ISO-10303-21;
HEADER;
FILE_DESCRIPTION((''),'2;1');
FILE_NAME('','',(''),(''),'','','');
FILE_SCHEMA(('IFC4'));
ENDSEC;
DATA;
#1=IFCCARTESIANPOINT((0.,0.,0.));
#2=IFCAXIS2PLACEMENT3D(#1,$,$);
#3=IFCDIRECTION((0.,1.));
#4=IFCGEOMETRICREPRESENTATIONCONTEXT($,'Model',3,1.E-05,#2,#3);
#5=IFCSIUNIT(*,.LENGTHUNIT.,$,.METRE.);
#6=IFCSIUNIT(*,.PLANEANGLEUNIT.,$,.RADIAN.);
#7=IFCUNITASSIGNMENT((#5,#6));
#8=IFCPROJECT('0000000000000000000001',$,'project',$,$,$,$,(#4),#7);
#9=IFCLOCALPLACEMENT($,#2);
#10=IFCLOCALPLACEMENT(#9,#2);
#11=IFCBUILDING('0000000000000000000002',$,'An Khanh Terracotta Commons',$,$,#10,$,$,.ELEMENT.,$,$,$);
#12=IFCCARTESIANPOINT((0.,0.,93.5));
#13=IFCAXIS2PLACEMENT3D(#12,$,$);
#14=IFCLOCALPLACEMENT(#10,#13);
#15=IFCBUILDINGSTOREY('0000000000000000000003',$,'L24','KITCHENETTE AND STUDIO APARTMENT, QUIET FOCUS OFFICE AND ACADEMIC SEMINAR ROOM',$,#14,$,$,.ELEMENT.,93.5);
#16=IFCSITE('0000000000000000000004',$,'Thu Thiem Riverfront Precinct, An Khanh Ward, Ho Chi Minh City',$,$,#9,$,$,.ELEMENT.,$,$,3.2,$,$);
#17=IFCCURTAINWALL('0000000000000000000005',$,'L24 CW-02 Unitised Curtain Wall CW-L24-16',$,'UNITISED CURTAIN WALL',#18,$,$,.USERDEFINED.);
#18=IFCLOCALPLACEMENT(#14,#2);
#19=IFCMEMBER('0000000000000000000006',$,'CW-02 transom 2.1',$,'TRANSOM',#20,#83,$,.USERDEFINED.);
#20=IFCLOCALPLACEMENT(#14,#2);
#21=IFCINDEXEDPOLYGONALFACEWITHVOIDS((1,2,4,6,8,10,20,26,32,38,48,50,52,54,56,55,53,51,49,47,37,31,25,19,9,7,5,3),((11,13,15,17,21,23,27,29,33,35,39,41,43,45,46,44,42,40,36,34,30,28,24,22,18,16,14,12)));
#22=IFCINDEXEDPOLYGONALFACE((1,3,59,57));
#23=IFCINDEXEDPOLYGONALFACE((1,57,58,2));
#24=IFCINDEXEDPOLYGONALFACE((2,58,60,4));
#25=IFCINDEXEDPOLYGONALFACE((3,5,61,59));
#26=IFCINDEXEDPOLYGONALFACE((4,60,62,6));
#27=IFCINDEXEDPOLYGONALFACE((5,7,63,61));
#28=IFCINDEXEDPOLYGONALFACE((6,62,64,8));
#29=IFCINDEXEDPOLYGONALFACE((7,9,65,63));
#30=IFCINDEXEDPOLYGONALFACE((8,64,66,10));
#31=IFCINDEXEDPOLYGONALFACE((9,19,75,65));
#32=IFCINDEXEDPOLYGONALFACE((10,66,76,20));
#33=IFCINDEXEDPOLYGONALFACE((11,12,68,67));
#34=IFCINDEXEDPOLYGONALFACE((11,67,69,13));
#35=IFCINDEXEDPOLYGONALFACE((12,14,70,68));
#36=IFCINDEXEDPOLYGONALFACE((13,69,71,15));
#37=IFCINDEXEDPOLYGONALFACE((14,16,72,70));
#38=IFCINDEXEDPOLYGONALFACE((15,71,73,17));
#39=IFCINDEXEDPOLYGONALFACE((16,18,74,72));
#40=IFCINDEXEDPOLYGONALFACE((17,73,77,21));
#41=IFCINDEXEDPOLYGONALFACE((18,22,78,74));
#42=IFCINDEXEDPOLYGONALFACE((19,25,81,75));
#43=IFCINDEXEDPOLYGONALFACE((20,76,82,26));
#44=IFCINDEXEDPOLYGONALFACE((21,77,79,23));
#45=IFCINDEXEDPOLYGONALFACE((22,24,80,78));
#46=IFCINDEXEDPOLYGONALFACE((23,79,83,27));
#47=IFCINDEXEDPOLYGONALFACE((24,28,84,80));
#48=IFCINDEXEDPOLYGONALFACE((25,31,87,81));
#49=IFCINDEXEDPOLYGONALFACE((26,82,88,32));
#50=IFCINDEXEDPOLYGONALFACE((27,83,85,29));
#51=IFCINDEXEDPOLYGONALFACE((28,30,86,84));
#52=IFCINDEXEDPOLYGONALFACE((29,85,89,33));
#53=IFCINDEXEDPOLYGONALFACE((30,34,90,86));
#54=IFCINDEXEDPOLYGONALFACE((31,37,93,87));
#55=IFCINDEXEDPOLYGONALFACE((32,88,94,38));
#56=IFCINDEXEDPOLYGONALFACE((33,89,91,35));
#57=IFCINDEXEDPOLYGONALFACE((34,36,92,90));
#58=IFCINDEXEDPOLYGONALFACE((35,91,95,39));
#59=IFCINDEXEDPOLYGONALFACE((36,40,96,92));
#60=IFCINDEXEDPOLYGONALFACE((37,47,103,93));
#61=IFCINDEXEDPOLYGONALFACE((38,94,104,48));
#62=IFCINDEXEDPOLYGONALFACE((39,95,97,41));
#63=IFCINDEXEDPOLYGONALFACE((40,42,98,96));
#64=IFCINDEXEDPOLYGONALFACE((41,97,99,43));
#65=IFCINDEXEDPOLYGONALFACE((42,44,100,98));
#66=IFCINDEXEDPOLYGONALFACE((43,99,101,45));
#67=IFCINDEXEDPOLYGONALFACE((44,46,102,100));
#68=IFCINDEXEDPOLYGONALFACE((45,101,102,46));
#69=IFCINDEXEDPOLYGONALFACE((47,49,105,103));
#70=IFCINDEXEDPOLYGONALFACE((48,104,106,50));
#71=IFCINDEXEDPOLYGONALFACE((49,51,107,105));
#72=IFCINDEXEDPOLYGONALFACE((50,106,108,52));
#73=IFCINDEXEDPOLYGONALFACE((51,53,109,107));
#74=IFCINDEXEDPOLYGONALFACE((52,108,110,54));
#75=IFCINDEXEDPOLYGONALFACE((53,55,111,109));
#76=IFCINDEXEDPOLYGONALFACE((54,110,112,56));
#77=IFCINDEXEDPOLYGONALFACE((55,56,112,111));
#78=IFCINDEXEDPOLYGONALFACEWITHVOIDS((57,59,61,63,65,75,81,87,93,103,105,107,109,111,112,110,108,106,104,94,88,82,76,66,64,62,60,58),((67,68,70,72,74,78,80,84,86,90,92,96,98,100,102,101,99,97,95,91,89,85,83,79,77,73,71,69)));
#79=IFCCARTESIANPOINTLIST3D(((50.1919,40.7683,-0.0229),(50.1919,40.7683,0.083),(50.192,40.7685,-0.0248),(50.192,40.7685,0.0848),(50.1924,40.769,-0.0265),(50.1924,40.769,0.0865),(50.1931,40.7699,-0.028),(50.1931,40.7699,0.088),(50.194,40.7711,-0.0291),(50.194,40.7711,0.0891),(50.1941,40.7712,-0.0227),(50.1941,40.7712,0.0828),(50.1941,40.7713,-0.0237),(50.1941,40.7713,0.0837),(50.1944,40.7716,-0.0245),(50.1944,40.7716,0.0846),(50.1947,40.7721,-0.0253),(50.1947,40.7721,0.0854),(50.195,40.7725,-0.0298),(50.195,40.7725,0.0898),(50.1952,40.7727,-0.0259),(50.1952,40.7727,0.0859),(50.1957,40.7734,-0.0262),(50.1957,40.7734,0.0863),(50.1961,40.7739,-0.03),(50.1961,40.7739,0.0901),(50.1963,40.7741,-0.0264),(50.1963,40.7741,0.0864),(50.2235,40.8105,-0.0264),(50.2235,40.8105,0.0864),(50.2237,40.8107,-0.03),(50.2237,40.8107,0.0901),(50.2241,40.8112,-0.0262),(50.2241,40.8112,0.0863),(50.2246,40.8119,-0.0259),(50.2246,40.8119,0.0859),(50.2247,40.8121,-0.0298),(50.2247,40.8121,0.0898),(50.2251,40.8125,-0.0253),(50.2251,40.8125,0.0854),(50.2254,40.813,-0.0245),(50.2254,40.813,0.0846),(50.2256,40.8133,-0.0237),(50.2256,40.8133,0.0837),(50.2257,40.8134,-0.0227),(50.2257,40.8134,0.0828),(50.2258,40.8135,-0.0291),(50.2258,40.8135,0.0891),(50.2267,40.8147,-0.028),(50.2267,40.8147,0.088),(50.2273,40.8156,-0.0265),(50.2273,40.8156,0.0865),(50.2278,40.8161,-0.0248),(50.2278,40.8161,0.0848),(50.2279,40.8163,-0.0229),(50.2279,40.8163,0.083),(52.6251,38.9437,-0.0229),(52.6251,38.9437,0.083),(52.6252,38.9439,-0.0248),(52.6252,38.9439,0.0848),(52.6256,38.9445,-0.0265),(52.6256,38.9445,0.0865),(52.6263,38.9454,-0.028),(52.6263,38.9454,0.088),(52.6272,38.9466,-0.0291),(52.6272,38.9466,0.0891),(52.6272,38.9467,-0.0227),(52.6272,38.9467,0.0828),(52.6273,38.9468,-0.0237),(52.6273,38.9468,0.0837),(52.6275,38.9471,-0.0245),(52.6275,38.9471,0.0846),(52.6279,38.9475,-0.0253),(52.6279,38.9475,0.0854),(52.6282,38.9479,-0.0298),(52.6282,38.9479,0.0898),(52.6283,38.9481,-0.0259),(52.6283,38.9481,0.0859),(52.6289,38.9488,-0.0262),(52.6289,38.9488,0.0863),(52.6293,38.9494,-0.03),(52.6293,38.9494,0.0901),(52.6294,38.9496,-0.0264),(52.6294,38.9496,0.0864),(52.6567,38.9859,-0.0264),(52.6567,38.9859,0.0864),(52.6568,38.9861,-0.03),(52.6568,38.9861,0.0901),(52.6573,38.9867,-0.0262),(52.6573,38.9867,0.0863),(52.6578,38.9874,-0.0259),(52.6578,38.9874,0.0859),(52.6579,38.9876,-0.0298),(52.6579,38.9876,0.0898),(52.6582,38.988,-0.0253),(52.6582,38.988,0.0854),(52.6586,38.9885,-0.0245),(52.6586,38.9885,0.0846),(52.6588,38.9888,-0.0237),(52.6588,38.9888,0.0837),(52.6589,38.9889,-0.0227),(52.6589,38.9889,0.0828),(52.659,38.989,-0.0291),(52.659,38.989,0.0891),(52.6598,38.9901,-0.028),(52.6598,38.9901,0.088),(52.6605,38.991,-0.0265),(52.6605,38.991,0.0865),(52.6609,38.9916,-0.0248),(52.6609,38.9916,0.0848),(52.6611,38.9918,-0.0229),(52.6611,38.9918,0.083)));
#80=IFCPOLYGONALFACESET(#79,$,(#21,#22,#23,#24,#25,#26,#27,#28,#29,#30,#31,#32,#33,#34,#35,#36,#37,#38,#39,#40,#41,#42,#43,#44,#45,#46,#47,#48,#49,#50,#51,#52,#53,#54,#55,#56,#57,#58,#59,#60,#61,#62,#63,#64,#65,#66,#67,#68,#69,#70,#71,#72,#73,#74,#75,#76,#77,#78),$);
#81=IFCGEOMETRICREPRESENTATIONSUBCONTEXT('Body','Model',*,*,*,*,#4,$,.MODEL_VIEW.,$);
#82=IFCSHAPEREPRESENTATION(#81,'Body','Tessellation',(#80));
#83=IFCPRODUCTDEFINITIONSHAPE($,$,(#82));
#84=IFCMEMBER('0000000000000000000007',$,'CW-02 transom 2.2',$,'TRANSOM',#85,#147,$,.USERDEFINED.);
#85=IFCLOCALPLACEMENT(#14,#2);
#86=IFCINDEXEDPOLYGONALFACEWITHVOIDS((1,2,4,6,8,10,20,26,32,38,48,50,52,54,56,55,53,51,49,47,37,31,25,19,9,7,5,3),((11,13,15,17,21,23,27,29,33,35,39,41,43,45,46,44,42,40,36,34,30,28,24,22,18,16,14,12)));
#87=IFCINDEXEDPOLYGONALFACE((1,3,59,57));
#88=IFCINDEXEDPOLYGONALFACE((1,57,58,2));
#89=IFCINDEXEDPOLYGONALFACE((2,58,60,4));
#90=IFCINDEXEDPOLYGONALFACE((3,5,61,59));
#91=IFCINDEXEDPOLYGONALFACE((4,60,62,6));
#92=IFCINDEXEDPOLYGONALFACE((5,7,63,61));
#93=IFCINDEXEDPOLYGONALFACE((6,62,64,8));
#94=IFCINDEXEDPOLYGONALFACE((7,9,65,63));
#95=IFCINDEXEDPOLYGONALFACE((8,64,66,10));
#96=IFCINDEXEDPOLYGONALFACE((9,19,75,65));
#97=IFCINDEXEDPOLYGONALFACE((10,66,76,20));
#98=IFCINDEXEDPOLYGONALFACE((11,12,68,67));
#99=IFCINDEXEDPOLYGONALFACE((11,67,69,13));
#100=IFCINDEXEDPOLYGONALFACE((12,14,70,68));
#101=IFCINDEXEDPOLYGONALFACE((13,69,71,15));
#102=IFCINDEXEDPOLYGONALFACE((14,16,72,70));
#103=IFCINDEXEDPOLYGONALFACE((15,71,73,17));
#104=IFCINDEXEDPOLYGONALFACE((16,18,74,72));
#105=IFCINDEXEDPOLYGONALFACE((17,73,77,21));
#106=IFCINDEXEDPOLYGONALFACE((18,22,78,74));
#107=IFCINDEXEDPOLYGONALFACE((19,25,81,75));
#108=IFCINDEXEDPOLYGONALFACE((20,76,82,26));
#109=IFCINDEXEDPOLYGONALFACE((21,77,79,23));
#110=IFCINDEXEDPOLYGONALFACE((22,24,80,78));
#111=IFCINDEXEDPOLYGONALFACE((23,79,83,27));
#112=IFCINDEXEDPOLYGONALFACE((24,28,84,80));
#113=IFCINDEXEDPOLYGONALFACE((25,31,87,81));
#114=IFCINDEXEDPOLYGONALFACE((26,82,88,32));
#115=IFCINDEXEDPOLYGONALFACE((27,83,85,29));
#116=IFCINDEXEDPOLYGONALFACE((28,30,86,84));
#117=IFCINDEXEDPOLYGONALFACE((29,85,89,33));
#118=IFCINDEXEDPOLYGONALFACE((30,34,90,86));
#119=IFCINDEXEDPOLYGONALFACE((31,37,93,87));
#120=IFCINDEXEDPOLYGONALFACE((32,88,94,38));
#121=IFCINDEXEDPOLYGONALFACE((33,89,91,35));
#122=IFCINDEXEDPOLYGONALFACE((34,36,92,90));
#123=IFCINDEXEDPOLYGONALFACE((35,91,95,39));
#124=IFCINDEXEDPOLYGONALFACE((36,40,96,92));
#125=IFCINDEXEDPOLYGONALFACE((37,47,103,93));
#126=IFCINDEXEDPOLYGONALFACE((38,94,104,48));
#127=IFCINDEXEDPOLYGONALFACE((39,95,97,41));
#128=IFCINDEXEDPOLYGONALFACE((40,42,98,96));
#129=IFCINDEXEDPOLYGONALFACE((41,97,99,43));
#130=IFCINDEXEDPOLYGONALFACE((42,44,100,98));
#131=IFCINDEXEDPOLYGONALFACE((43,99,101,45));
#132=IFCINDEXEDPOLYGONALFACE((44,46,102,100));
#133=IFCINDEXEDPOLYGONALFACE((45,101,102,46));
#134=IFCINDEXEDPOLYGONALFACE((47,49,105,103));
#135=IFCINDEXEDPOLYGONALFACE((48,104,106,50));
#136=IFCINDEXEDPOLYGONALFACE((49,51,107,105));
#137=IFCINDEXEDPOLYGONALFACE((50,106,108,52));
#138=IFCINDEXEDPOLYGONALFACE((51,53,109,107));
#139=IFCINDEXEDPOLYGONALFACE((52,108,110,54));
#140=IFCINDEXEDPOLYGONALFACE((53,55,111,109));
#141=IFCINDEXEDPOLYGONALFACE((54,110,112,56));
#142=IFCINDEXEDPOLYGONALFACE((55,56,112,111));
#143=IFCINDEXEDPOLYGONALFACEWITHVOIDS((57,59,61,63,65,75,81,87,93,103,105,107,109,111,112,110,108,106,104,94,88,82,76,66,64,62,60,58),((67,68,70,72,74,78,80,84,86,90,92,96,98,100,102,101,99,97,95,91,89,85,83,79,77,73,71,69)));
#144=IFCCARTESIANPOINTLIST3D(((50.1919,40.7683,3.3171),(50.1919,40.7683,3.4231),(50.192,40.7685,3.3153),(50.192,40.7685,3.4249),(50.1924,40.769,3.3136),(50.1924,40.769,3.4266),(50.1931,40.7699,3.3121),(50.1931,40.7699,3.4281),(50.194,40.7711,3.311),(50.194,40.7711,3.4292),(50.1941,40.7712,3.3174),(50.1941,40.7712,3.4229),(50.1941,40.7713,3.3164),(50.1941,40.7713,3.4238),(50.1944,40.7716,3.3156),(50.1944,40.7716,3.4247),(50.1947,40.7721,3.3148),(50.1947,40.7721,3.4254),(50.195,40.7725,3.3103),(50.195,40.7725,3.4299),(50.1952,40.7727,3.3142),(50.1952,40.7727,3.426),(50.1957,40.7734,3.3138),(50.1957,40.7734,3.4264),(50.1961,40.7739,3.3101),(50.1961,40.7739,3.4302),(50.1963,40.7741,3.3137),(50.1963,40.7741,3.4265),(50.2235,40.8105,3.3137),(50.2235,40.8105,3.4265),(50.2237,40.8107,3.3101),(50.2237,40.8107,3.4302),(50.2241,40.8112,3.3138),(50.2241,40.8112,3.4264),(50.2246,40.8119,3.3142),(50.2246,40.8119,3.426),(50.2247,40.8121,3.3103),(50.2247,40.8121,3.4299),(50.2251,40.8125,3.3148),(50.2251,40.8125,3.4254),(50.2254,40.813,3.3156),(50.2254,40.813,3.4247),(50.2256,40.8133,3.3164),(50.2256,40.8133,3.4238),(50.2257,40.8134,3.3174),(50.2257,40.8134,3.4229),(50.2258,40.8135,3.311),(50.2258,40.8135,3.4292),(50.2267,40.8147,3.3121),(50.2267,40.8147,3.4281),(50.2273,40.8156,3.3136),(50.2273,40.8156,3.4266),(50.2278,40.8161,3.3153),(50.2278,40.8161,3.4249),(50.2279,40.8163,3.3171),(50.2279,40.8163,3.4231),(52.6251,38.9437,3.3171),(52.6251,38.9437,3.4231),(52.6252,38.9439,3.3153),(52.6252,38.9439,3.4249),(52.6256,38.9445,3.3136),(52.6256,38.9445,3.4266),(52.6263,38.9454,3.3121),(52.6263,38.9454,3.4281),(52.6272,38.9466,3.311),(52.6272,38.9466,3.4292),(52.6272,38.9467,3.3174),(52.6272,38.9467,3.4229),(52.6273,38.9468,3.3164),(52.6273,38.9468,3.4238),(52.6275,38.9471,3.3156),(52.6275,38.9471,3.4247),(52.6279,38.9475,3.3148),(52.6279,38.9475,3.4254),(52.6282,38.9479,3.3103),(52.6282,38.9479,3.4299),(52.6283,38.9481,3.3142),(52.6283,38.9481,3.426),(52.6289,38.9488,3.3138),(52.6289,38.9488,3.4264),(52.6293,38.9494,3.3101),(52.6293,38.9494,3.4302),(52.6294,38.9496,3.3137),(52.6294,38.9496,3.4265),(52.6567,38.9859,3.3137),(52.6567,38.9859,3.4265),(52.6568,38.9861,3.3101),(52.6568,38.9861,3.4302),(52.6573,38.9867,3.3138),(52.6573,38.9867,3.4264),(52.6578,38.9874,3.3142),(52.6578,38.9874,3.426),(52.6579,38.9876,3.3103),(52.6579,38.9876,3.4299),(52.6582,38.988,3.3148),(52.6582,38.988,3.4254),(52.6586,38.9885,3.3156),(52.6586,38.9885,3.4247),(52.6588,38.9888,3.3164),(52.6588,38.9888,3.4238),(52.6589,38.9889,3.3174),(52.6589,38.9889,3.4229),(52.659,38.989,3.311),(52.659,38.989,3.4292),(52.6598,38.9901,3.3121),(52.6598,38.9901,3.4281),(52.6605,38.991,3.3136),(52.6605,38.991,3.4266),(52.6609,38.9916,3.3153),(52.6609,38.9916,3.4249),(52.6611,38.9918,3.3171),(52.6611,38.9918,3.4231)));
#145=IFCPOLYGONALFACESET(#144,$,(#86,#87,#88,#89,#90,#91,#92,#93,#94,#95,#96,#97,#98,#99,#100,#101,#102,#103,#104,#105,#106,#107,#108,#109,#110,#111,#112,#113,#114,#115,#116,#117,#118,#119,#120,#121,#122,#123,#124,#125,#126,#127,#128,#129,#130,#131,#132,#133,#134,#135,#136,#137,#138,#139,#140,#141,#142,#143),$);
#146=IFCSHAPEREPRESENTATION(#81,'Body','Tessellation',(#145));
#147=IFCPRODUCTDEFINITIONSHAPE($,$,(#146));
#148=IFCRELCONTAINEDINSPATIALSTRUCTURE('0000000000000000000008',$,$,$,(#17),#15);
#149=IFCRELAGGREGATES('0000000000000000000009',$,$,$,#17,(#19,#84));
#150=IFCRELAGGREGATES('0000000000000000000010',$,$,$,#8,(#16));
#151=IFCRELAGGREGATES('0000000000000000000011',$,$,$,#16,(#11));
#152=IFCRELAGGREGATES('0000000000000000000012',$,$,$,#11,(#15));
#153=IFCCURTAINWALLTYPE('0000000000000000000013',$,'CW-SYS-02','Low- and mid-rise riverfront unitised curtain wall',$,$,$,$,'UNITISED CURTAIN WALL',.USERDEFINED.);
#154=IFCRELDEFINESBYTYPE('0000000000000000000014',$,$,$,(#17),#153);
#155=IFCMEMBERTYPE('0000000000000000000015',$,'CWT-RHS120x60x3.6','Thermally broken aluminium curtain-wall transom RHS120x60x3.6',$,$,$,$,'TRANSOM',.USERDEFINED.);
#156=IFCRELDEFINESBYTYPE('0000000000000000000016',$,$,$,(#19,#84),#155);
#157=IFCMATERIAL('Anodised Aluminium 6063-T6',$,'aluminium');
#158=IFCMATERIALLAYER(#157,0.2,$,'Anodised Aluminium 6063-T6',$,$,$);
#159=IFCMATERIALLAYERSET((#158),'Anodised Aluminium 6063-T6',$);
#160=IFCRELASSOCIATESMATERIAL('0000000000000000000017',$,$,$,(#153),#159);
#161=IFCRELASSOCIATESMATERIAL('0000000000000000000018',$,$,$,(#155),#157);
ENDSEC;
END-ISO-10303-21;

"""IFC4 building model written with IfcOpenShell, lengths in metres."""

from ifc_helpers import new_model, si_unit, direction, frame, origin, origin_2d, place, context, subcontext, project, spatial, hollow_rectangle, extrude, material, layer, layer_set, material_profile, profile_set, type_object, element, aggregate, save


model = new_model("IFC4")

# Units and contexts
model_context = context("Model", 3, precision=1e-05, world=origin(), true_north=direction((0.0, 1.0)))
body_context = subcontext(model_context, "Body", "Model", "MODEL_VIEW")
ifc_project = project(units=[si_unit("LENGTHUNIT", "METRE"), si_unit("PLANEANGLEUNIT", "RADIAN")], contexts=[model_context])

# Site, building, storey
site_placement = place(None, origin())
site = spatial("IfcSite", under=ifc_project, at=site_placement, Name="Thu Thiem Riverfront Precinct, An Khanh Ward, Ho Chi Minh City", CompositionType="ELEMENT", RefElevation=3.2)
building_placement = place(site_placement, origin())
building = spatial("IfcBuilding", under=site, at=building_placement, Name="An Khanh Terracotta Commons", CompositionType="ELEMENT")
storey_placement = place(building_placement, frame((0.0, 0.0, 93.5)))
storey = spatial("IfcBuildingStorey", under=building, at=storey_placement, Name="L24", Description="KITCHENETTE AND STUDIO APARTMENT, QUIET FOCUS OFFICE AND ACADEMIC SEMINAR ROOM", CompositionType="ELEMENT", Elevation=93.5)

# Curtain wall, members
ifc_material_1 = material(Name="Anodised Aluminium 6063-T6", Category="aluminium")
ifc_layer_1 = layer(ifc_material_1, 0.2, Name="Anodised Aluminium 6063-T6")
ifc_layer_set_1 = layer_set([ifc_layer_1], Name="Anodised Aluminium 6063-T6")
curtain_wall_type_1 = type_object("IfcCurtainWallType", Name="CW-SYS-02", Description="Low- and mid-rise riverfront unitised curtain wall", ElementType="UNITISED CURTAIN WALL", PredefinedType="USERDEFINED", material=ifc_layer_set_1)
curtain_wall_1_placement = place(storey_placement, origin())
curtain_wall_1 = element("IfcCurtainWall", 1, at=curtain_wall_1_placement, inside=storey, type_object=curtain_wall_type_1, Name="L24 CW-02 Unitised Curtain Wall CW-L24-16", ObjectType="UNITISED CURTAIN WALL", PredefinedType="USERDEFINED")
ifc_material_profile_1 = material_profile(ifc_material_1, hollow_rectangle(XDim=0.0601, YDim=0.1201, WallThickness=0.0037, InnerFilletRadius=0.0037, OuterFilletRadius=0.0071, at=origin_2d()), Name="RHS120x60x3.6")
ifc_profile_set_1 = profile_set([ifc_material_profile_1], Name="Anodised Aluminium 6063-T6")
member_type_1 = type_object("IfcMemberType", Name="CWT-RHS120x60x3.6", Description="Thermally broken aluminium curtain-wall transom RHS120x60x3.6", ElementType="TRANSOM", PredefinedType="USERDEFINED", material=ifc_profile_set_1)
member_1_placement = place(storey_placement, frame((52.6431, 38.9678, 0.03), z_axis=(-0.800058, 0.599923, 0.0), x_axis=(-0.599923, -0.800058, 0.0)))
member_1 = element("IfcMember", 2, at=member_1_placement, type_object=member_type_1, Name="CW-02 transom 2.1", ObjectType="TRANSOM", PredefinedType="USERDEFINED", context=body_context, shape_type="SweptSolid", body=[
    extrude(hollow_rectangle(XDim=0.0601, YDim=0.1201, WallThickness=0.0037, InnerFilletRadius=0.0037, OuterFilletRadius=0.0071, at=origin_2d()), origin(), (0.0, 0.0, 1.0), 3.0413),
])
member_2_placement = place(storey_placement, frame((52.6431, 38.9678, 3.3701), z_axis=(-0.800058, 0.599923, 0.0), x_axis=(-0.599923, -0.800058, 0.0)))
member_2 = element("IfcMember", 3, at=member_2_placement, type_object=member_type_1, Name="CW-02 transom 2.2", ObjectType="TRANSOM", PredefinedType="USERDEFINED", context=body_context, shape_type="SweptSolid", body=[
    extrude(hollow_rectangle(XDim=0.0601, YDim=0.1201, WallThickness=0.0037, InnerFilletRadius=0.0037, OuterFilletRadius=0.0071, at=origin_2d()), origin(), (0.0, 0.0, 1.0), 3.0413),
])

aggregate(curtain_wall_1, [member_1, member_2])

save(model, "model.ifc")
